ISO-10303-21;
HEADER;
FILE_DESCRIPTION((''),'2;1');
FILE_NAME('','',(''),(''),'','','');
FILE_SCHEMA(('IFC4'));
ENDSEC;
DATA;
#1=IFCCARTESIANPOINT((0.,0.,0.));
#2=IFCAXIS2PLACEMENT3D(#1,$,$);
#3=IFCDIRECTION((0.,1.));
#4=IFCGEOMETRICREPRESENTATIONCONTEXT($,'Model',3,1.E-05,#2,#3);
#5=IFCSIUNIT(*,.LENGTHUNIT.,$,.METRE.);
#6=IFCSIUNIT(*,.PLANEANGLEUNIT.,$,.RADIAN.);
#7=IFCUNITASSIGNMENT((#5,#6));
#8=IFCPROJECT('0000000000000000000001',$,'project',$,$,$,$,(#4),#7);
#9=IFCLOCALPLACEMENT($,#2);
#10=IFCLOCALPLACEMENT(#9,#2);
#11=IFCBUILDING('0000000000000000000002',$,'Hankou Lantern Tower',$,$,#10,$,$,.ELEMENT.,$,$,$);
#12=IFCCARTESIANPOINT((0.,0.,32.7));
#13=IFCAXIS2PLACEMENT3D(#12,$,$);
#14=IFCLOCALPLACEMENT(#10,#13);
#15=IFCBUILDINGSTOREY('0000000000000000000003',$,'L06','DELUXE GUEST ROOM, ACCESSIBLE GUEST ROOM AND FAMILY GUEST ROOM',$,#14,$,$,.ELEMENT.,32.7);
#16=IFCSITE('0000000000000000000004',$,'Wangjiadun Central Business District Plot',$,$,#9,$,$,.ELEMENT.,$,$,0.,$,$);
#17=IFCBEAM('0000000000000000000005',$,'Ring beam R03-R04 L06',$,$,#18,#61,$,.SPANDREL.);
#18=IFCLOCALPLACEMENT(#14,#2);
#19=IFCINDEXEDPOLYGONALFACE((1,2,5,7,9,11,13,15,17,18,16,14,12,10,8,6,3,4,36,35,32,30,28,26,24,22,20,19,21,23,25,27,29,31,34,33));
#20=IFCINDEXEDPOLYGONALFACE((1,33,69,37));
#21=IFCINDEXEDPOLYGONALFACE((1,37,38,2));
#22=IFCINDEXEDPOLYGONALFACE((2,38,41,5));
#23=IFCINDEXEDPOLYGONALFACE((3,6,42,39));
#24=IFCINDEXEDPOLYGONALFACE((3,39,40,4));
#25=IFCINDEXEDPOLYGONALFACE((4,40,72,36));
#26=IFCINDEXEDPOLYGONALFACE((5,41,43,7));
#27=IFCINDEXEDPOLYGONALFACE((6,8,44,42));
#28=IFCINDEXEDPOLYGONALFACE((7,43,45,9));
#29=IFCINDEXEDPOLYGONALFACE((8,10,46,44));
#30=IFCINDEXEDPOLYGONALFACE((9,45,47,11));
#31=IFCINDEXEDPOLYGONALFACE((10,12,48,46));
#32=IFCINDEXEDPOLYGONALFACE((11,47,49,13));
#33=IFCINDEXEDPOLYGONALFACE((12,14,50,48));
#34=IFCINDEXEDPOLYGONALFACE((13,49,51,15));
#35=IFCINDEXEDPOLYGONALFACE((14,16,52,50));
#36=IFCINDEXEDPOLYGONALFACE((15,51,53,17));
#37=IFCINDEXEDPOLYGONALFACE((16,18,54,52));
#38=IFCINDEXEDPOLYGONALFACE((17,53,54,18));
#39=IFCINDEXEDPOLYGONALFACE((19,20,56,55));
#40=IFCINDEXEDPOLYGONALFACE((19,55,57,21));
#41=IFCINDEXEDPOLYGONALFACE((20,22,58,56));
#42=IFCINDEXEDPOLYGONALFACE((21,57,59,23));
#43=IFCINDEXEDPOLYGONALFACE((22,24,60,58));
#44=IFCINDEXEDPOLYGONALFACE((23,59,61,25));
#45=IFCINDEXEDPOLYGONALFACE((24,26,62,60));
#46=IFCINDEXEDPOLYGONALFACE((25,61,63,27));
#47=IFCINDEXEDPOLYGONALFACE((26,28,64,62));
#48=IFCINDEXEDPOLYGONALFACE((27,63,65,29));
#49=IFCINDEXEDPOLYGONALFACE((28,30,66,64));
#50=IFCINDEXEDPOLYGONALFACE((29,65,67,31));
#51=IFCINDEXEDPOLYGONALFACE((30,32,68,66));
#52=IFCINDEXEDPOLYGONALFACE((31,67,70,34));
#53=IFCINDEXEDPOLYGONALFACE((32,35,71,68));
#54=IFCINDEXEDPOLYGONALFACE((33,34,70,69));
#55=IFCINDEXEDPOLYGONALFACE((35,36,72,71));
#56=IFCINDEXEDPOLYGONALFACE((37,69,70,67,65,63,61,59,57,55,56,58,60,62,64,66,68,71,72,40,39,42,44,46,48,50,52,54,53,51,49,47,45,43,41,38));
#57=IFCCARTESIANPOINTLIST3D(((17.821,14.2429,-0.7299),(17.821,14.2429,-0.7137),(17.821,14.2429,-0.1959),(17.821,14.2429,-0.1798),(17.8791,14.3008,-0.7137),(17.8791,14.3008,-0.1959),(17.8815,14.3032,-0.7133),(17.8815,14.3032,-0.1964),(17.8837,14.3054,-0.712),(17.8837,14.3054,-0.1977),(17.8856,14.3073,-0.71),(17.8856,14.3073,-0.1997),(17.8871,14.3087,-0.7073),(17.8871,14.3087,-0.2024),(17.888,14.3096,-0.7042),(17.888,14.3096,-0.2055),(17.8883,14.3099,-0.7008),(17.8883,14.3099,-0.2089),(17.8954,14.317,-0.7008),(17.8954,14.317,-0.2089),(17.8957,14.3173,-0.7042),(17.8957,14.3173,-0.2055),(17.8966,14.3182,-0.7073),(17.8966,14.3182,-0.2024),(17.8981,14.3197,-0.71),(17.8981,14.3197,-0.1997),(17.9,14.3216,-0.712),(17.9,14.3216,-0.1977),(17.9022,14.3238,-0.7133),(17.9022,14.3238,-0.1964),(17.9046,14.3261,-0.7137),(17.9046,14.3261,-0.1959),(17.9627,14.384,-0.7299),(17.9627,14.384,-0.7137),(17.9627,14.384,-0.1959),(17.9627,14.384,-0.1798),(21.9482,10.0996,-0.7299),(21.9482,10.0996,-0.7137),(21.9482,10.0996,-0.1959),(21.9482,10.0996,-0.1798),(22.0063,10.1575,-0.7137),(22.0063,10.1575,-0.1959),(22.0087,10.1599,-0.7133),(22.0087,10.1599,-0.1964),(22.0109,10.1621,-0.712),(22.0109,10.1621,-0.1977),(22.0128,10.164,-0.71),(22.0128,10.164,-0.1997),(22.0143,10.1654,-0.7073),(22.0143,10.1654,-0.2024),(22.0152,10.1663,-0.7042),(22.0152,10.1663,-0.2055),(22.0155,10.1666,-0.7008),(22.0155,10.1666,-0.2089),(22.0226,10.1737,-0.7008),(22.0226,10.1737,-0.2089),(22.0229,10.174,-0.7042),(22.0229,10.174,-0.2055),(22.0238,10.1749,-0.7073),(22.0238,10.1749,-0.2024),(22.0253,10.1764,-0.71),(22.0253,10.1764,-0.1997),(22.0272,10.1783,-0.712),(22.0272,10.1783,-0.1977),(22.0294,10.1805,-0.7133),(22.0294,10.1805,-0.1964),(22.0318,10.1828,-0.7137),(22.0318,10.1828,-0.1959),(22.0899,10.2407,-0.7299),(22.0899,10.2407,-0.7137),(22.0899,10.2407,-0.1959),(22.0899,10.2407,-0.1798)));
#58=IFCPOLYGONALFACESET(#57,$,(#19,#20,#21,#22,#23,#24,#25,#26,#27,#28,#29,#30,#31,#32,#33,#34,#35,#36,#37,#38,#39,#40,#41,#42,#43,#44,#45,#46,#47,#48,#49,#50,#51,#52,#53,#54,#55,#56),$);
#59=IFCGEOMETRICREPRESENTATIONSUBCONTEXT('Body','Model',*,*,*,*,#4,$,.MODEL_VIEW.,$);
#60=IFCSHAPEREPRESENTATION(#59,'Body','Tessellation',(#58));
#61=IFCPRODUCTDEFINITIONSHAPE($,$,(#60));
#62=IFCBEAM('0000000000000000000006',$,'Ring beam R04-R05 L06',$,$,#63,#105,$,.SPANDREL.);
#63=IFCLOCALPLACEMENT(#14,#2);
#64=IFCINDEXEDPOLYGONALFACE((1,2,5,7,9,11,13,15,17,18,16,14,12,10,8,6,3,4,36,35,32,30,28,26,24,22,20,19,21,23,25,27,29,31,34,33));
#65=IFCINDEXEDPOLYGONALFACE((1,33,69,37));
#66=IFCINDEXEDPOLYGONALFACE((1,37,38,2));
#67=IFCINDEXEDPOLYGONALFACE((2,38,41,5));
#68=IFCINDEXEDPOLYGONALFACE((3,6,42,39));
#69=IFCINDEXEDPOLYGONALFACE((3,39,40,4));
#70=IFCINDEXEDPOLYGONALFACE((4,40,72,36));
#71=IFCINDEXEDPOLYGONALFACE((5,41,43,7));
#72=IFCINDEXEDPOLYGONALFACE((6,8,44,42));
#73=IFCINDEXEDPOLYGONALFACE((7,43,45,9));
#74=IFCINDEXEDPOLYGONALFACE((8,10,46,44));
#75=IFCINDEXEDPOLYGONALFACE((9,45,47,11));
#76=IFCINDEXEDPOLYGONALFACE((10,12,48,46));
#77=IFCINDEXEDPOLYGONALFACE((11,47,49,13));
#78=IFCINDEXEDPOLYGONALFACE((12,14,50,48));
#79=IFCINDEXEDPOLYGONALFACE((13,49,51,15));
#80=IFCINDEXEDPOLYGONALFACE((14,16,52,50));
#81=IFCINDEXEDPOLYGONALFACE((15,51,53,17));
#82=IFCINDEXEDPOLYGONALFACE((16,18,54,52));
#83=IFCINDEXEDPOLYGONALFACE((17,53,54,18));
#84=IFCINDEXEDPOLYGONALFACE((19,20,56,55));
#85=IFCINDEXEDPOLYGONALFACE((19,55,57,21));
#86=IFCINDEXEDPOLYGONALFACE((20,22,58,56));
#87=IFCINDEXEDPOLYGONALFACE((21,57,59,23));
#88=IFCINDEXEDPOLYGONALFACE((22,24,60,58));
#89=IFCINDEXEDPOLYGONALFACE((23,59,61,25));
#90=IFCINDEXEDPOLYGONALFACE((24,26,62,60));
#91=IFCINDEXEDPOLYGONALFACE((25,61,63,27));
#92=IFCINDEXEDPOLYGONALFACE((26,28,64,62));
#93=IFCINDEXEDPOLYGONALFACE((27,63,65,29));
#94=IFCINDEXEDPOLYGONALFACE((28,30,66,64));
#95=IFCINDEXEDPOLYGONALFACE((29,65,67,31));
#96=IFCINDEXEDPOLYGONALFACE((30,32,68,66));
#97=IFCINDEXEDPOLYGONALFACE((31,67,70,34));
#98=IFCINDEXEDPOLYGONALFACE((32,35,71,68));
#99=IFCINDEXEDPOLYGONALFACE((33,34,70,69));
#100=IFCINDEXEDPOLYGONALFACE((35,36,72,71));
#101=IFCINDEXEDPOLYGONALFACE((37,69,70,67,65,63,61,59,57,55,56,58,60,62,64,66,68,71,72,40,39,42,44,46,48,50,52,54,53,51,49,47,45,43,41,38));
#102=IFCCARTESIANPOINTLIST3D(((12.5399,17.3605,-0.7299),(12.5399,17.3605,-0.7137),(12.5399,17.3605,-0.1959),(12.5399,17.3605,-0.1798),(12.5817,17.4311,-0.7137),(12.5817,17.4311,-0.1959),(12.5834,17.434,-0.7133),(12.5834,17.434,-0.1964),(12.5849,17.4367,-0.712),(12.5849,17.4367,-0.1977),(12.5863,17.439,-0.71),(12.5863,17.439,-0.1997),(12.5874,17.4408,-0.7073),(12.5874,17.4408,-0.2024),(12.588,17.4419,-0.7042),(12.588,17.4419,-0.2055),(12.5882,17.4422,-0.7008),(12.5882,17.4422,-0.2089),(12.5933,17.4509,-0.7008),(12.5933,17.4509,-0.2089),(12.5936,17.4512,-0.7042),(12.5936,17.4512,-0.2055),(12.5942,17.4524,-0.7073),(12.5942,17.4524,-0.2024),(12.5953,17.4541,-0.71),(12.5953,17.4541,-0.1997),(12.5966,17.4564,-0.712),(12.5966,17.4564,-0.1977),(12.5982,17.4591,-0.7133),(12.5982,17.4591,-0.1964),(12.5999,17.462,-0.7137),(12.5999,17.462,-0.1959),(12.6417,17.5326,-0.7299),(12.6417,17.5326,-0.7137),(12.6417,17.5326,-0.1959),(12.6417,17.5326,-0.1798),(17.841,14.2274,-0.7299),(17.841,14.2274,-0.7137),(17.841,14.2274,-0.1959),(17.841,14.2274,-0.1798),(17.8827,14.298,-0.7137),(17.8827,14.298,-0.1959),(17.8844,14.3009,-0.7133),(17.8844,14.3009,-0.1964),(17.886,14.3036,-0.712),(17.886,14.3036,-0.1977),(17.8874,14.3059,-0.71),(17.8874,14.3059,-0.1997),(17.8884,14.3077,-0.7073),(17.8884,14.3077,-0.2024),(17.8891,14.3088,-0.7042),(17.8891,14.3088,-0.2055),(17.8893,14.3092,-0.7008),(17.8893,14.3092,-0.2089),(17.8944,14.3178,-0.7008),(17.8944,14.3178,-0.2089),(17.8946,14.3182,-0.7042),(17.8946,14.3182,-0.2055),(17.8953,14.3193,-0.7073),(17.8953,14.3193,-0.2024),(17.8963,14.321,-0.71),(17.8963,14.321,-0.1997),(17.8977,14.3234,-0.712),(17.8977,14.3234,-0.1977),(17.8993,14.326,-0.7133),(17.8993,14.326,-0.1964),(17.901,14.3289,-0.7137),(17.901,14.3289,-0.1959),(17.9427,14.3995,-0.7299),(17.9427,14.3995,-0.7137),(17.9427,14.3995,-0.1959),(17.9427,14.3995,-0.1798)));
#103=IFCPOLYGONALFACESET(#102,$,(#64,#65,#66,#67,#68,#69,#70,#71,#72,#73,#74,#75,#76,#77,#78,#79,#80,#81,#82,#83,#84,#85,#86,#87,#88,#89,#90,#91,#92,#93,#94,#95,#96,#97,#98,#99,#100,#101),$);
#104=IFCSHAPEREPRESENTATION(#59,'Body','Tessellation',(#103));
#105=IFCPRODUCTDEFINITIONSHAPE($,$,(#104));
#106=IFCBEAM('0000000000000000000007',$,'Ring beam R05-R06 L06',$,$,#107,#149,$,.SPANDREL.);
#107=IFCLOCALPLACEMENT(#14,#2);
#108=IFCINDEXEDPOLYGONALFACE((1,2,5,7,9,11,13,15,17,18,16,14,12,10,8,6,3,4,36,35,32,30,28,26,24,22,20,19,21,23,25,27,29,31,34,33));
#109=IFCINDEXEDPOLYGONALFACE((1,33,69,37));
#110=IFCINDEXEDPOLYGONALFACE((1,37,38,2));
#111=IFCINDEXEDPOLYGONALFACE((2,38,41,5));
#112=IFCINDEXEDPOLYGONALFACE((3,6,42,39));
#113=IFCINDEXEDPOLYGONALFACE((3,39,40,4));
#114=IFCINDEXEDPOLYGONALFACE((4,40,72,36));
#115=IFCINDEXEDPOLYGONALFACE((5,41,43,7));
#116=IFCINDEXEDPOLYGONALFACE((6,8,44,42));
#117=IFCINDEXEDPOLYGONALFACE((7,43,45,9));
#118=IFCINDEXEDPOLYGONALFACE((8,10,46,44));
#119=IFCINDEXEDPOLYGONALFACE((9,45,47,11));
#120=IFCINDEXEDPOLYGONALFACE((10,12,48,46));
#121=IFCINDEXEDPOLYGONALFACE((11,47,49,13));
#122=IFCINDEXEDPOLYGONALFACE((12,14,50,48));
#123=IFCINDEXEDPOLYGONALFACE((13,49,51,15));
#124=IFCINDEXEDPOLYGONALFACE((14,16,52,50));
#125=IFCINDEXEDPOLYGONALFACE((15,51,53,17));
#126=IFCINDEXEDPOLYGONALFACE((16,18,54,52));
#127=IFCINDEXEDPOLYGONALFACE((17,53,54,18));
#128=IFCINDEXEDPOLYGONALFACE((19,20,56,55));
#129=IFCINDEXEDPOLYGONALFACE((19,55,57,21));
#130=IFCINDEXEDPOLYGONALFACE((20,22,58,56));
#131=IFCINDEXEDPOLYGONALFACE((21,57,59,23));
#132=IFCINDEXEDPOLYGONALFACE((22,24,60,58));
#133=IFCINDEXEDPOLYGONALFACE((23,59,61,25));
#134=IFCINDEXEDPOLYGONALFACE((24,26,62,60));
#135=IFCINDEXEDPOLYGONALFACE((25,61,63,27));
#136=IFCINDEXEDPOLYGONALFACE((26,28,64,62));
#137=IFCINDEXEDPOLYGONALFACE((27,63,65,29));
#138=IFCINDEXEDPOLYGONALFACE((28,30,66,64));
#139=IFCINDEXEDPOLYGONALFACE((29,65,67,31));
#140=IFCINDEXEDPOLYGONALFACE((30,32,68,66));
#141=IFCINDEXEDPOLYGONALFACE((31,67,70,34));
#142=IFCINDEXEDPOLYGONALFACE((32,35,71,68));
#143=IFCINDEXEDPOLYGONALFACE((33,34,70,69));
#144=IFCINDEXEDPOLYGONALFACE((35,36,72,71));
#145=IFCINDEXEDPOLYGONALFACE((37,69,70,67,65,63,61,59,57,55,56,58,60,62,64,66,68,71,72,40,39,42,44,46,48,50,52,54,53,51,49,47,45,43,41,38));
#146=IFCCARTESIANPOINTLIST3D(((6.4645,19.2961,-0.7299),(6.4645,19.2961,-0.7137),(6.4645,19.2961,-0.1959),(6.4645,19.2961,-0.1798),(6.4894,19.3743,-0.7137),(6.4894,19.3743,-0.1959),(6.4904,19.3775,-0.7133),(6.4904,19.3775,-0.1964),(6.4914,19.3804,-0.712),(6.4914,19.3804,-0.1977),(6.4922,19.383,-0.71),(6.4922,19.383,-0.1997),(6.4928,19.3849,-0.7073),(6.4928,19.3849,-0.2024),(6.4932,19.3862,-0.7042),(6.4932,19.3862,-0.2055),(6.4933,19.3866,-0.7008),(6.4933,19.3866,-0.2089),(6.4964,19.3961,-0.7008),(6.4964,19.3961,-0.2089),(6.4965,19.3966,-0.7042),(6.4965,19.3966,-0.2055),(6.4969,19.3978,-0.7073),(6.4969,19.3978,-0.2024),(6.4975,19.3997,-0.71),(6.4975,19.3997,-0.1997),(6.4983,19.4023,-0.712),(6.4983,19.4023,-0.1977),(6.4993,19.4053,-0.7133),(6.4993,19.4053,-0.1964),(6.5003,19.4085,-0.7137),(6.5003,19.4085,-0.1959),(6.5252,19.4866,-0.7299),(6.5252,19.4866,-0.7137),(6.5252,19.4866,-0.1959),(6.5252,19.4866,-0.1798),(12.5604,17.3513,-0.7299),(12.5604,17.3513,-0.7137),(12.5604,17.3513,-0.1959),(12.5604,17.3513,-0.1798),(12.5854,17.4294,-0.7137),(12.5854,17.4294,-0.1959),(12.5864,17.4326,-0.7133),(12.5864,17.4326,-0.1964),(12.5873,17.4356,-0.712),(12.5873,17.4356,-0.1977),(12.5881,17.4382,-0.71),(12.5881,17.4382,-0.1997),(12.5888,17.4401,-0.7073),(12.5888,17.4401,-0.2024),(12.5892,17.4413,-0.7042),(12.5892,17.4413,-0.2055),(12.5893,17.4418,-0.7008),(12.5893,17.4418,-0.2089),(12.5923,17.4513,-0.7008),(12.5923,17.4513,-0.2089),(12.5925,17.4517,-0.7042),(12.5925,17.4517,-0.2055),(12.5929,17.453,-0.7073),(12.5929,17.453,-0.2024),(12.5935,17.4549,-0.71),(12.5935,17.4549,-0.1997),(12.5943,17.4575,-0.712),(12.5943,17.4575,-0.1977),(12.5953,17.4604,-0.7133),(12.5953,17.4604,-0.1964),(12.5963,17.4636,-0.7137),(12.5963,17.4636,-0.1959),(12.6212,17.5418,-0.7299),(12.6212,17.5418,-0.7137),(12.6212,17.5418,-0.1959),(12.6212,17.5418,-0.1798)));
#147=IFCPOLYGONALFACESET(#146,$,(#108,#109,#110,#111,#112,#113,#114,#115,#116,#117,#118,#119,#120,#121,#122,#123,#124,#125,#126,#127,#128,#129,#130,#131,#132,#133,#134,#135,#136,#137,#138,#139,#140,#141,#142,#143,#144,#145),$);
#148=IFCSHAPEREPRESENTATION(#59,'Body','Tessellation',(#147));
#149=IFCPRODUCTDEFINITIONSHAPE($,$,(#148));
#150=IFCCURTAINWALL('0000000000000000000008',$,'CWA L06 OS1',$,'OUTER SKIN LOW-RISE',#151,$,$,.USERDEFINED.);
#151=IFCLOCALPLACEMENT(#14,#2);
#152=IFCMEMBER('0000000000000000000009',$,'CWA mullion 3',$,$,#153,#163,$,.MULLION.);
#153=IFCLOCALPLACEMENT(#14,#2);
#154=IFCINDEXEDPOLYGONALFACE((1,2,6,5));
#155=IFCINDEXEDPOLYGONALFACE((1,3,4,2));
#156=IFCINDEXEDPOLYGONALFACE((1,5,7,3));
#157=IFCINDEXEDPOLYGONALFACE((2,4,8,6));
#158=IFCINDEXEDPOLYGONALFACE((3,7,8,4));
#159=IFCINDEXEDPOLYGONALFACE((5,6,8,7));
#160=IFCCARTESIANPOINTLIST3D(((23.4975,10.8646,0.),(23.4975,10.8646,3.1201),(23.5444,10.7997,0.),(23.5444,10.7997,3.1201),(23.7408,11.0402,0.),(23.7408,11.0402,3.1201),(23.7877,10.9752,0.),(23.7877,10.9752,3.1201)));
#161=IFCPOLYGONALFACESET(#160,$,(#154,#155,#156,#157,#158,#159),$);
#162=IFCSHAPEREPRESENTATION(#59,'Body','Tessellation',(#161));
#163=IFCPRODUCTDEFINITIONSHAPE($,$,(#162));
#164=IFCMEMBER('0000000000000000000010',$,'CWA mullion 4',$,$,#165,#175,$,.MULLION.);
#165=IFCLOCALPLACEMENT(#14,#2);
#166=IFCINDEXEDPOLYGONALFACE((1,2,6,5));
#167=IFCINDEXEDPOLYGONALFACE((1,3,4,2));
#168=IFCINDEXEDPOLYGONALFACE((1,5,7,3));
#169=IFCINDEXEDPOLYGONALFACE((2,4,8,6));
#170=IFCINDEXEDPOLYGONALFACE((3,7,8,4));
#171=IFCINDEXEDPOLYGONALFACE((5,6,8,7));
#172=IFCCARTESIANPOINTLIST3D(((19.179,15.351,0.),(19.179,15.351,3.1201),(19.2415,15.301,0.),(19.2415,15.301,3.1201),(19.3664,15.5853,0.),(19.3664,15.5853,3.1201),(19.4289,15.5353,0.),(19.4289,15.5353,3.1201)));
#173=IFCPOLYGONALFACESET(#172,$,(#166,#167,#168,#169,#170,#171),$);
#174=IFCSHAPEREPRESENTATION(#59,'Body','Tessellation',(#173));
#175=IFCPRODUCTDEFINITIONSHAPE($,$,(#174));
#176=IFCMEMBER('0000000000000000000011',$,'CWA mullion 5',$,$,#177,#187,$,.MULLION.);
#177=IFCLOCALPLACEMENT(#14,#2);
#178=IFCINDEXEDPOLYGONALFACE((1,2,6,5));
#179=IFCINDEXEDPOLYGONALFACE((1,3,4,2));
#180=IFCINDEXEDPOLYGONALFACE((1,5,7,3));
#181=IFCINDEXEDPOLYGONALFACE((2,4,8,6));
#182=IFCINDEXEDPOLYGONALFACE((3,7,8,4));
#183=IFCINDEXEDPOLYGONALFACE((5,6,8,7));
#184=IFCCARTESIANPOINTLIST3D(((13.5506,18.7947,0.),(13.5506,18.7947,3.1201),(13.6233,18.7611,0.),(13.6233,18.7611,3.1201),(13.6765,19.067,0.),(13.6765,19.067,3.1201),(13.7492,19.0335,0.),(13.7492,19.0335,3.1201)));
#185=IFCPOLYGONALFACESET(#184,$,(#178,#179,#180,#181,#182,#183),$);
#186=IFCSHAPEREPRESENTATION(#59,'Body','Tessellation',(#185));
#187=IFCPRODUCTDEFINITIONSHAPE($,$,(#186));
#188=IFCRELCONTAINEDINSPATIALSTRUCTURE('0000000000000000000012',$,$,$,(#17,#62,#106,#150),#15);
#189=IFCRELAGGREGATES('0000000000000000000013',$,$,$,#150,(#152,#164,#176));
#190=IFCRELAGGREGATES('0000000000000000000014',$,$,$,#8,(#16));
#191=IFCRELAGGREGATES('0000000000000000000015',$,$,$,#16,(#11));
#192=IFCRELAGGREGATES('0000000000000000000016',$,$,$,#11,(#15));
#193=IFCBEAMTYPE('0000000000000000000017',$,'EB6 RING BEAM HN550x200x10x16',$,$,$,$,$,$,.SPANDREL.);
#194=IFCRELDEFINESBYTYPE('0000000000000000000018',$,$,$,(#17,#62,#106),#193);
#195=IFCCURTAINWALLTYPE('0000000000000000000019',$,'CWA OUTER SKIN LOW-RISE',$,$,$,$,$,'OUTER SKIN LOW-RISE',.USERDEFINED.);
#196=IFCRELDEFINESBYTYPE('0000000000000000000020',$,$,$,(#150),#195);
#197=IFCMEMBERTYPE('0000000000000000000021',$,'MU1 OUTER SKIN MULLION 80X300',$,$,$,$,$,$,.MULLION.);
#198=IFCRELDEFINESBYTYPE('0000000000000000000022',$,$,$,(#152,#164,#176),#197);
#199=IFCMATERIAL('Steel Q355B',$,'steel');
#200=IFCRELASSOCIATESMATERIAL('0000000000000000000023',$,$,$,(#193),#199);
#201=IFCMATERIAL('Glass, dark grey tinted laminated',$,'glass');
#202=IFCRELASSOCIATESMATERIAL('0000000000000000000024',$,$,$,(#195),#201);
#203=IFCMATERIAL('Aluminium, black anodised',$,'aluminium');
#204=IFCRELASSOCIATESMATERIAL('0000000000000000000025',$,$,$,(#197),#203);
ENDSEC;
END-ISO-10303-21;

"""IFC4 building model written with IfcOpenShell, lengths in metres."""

from ifc_helpers import new_model, si_unit, direction, frame, origin, origin_2d, place, context, subcontext, project, spatial, rectangle, i_section, extrude, material, material_profile, profile_set, type_object, element, aggregate, save


model = new_model("IFC4")

# Units and contexts
model_context = context("Model", 3, precision=1e-05, world=origin(), true_north=direction((0.0, 1.0)))
body_context = subcontext(model_context, "Body", "Model", "MODEL_VIEW")
ifc_project = project(units=[si_unit("LENGTHUNIT", "METRE"), si_unit("PLANEANGLEUNIT", "RADIAN")], contexts=[model_context])

# Site, building, storey
site_placement = place(None, origin())
site = spatial("IfcSite", under=ifc_project, at=site_placement, Name="Wangjiadun Central Business District Plot", CompositionType="ELEMENT", RefElevation=0.0)
building_placement = place(site_placement, origin())
building = spatial("IfcBuilding", under=site, at=building_placement, Name="Hankou Lantern Tower", CompositionType="ELEMENT")
storey_placement = place(building_placement, frame((0.0, 0.0, 32.7)))
storey = spatial("IfcBuildingStorey", under=building, at=storey_placement, Name="L06", Description="DELUXE GUEST ROOM, ACCESSIBLE GUEST ROOM AND FAMILY GUEST ROOM", CompositionType="ELEMENT", Elevation=32.7)

# Beams
ifc_material_1 = material(Name="Steel Q355B", Category="steel")
ifc_material_profile_1 = material_profile(ifc_material_1, i_section(OverallWidth=0.2, OverallDepth=0.55, WebThickness=0.01, FlangeThickness=0.0161, FilletRadius=0.0129, at=origin_2d()), Name="HN550x200x10x16")
ifc_profile_set_1 = profile_set([ifc_material_profile_1], Name="Steel Q355B")
beam_type_1 = type_object("IfcBeamType", Name="EB6 RING BEAM HN550x200x10x16", PredefinedType="SPANDREL", material=ifc_profile_set_1)
beam_1_placement = place(storey_placement, frame((22.019, 10.1702, -0.4548), z_axis=(-0.705728, 0.708483, 0.0), x_axis=(-0.708483, -0.705728, 0.0)))
element("IfcBeam", 1, at=beam_1_placement, inside=storey, type_object=beam_type_1, Name="Ring beam R03-R04 L06", PredefinedType="SPANDREL", context=body_context, shape_type="SweptSolid", body=[
    extrude(i_section(OverallWidth=0.2, OverallDepth=0.55, WebThickness=0.01, FlangeThickness=0.0161, FilletRadius=0.0129, at=origin_2d()), origin(), (0.0, 0.0, 1.0), 5.8481),
])
beam_2_placement = place(storey_placement, frame((17.8918, 14.3135, -0.4548), z_axis=(-0.860882, 0.508805, 0.0), x_axis=(-0.508805, -0.860882, 0.0)))
element("IfcBeam", 2, at=beam_2_placement, inside=storey, type_object=beam_type_1, Name="Ring beam R04-R05 L06", PredefinedType="SPANDREL", context=body_context, shape_type="SweptSolid", body=[
    extrude(i_section(OverallWidth=0.2, OverallDepth=0.55, WebThickness=0.01, FlangeThickness=0.0161, FilletRadius=0.0129, at=origin_2d()), origin(), (0.0, 0.0, 1.0), 6.1577),
])
beam_3_placement = place(storey_placement, frame((12.5908, 17.4465, -0.4548), z_axis=(-0.95269, 0.303942, 0.0), x_axis=(-0.303942, -0.95269, 0.0)))
element("IfcBeam", 3, at=beam_3_placement, inside=storey, type_object=beam_type_1, Name="Ring beam R05-R06 L06", PredefinedType="SPANDREL", context=body_context, shape_type="SweptSolid", body=[
    extrude(i_section(OverallWidth=0.2, OverallDepth=0.55, WebThickness=0.01, FlangeThickness=0.0161, FilletRadius=0.0129, at=origin_2d()), origin(), (0.0, 0.0, 1.0), 6.3987),
])

# Curtain wall, members
ifc_material_2 = material(Name="Glass, dark grey tinted laminated", Category="glass")
curtain_wall_type = type_object("IfcCurtainWallType", Name="CWA OUTER SKIN LOW-RISE", ElementType="OUTER SKIN LOW-RISE", PredefinedType="USERDEFINED", material=ifc_material_2)
curtain_wall_placement = place(storey_placement, origin())
curtain_wall = element("IfcCurtainWall", 4, at=curtain_wall_placement, inside=storey, type_object=curtain_wall_type, Name="CWA L06 OS1", ObjectType="OUTER SKIN LOW-RISE", PredefinedType="USERDEFINED")
ifc_material_3 = material(Name="Aluminium, black anodised", Category="aluminium")
ifc_material_profile_2 = material_profile(ifc_material_3, rectangle(XDim=0.0801, YDim=0.3, at=origin_2d()), Name="MU1 80X300")
ifc_profile_set_2 = profile_set([ifc_material_profile_2], Name="Aluminium, black anodised")
member_type_1 = type_object("IfcMemberType", Name="MU1 OUTER SKIN MULLION 80X300", PredefinedType="MULLION", material=ifc_profile_set_2)
member_1_placement = place(storey_placement, frame((23.6426, 10.9199, 0.0), z_axis=(0.0, 0.0, 1.0), x_axis=(-0.585206, 0.810885, 0.0)))
member_1 = element("IfcMember", 5, at=member_1_placement, type_object=member_type_1, Name="CWA mullion 3", PredefinedType="MULLION", context=body_context, shape_type="SweptSolid", body=[
    extrude(rectangle(XDim=0.0801, YDim=0.3, at=origin_2d()), origin(), (0.0, 0.0, 1.0), 3.1201),
])
member_2_placement = place(storey_placement, frame((19.304, 15.4431, 0.0), z_axis=(0.0, 0.0, 1.0), x_axis=(-0.780869, 0.624695, 0.0)))
member_2 = element("IfcMember", 6, at=member_2_placement, type_object=member_type_1, Name="CWA mullion 4", PredefinedType="MULLION", context=body_context, shape_type="SweptSolid", body=[
    extrude(rectangle(XDim=0.0801, YDim=0.3, at=origin_2d()), origin(), (0.0, 0.0, 1.0), 3.1201),
])
member_3_placement = place(storey_placement, frame((13.6499, 18.9141, 0.0), z_axis=(0.0, 0.0, 1.0), x_axis=(-0.907841, 0.419314, 0.0)))
member_3 = element("IfcMember", 7, at=member_3_placement, type_object=member_type_1, Name="CWA mullion 5", PredefinedType="MULLION", context=body_context, shape_type="SweptSolid", body=[
    extrude(rectangle(XDim=0.0801, YDim=0.3, at=origin_2d()), origin(), (0.0, 0.0, 1.0), 3.1201),
])

aggregate(curtain_wall, [member_1, member_2, member_3])

save(model, "model.ifc")
